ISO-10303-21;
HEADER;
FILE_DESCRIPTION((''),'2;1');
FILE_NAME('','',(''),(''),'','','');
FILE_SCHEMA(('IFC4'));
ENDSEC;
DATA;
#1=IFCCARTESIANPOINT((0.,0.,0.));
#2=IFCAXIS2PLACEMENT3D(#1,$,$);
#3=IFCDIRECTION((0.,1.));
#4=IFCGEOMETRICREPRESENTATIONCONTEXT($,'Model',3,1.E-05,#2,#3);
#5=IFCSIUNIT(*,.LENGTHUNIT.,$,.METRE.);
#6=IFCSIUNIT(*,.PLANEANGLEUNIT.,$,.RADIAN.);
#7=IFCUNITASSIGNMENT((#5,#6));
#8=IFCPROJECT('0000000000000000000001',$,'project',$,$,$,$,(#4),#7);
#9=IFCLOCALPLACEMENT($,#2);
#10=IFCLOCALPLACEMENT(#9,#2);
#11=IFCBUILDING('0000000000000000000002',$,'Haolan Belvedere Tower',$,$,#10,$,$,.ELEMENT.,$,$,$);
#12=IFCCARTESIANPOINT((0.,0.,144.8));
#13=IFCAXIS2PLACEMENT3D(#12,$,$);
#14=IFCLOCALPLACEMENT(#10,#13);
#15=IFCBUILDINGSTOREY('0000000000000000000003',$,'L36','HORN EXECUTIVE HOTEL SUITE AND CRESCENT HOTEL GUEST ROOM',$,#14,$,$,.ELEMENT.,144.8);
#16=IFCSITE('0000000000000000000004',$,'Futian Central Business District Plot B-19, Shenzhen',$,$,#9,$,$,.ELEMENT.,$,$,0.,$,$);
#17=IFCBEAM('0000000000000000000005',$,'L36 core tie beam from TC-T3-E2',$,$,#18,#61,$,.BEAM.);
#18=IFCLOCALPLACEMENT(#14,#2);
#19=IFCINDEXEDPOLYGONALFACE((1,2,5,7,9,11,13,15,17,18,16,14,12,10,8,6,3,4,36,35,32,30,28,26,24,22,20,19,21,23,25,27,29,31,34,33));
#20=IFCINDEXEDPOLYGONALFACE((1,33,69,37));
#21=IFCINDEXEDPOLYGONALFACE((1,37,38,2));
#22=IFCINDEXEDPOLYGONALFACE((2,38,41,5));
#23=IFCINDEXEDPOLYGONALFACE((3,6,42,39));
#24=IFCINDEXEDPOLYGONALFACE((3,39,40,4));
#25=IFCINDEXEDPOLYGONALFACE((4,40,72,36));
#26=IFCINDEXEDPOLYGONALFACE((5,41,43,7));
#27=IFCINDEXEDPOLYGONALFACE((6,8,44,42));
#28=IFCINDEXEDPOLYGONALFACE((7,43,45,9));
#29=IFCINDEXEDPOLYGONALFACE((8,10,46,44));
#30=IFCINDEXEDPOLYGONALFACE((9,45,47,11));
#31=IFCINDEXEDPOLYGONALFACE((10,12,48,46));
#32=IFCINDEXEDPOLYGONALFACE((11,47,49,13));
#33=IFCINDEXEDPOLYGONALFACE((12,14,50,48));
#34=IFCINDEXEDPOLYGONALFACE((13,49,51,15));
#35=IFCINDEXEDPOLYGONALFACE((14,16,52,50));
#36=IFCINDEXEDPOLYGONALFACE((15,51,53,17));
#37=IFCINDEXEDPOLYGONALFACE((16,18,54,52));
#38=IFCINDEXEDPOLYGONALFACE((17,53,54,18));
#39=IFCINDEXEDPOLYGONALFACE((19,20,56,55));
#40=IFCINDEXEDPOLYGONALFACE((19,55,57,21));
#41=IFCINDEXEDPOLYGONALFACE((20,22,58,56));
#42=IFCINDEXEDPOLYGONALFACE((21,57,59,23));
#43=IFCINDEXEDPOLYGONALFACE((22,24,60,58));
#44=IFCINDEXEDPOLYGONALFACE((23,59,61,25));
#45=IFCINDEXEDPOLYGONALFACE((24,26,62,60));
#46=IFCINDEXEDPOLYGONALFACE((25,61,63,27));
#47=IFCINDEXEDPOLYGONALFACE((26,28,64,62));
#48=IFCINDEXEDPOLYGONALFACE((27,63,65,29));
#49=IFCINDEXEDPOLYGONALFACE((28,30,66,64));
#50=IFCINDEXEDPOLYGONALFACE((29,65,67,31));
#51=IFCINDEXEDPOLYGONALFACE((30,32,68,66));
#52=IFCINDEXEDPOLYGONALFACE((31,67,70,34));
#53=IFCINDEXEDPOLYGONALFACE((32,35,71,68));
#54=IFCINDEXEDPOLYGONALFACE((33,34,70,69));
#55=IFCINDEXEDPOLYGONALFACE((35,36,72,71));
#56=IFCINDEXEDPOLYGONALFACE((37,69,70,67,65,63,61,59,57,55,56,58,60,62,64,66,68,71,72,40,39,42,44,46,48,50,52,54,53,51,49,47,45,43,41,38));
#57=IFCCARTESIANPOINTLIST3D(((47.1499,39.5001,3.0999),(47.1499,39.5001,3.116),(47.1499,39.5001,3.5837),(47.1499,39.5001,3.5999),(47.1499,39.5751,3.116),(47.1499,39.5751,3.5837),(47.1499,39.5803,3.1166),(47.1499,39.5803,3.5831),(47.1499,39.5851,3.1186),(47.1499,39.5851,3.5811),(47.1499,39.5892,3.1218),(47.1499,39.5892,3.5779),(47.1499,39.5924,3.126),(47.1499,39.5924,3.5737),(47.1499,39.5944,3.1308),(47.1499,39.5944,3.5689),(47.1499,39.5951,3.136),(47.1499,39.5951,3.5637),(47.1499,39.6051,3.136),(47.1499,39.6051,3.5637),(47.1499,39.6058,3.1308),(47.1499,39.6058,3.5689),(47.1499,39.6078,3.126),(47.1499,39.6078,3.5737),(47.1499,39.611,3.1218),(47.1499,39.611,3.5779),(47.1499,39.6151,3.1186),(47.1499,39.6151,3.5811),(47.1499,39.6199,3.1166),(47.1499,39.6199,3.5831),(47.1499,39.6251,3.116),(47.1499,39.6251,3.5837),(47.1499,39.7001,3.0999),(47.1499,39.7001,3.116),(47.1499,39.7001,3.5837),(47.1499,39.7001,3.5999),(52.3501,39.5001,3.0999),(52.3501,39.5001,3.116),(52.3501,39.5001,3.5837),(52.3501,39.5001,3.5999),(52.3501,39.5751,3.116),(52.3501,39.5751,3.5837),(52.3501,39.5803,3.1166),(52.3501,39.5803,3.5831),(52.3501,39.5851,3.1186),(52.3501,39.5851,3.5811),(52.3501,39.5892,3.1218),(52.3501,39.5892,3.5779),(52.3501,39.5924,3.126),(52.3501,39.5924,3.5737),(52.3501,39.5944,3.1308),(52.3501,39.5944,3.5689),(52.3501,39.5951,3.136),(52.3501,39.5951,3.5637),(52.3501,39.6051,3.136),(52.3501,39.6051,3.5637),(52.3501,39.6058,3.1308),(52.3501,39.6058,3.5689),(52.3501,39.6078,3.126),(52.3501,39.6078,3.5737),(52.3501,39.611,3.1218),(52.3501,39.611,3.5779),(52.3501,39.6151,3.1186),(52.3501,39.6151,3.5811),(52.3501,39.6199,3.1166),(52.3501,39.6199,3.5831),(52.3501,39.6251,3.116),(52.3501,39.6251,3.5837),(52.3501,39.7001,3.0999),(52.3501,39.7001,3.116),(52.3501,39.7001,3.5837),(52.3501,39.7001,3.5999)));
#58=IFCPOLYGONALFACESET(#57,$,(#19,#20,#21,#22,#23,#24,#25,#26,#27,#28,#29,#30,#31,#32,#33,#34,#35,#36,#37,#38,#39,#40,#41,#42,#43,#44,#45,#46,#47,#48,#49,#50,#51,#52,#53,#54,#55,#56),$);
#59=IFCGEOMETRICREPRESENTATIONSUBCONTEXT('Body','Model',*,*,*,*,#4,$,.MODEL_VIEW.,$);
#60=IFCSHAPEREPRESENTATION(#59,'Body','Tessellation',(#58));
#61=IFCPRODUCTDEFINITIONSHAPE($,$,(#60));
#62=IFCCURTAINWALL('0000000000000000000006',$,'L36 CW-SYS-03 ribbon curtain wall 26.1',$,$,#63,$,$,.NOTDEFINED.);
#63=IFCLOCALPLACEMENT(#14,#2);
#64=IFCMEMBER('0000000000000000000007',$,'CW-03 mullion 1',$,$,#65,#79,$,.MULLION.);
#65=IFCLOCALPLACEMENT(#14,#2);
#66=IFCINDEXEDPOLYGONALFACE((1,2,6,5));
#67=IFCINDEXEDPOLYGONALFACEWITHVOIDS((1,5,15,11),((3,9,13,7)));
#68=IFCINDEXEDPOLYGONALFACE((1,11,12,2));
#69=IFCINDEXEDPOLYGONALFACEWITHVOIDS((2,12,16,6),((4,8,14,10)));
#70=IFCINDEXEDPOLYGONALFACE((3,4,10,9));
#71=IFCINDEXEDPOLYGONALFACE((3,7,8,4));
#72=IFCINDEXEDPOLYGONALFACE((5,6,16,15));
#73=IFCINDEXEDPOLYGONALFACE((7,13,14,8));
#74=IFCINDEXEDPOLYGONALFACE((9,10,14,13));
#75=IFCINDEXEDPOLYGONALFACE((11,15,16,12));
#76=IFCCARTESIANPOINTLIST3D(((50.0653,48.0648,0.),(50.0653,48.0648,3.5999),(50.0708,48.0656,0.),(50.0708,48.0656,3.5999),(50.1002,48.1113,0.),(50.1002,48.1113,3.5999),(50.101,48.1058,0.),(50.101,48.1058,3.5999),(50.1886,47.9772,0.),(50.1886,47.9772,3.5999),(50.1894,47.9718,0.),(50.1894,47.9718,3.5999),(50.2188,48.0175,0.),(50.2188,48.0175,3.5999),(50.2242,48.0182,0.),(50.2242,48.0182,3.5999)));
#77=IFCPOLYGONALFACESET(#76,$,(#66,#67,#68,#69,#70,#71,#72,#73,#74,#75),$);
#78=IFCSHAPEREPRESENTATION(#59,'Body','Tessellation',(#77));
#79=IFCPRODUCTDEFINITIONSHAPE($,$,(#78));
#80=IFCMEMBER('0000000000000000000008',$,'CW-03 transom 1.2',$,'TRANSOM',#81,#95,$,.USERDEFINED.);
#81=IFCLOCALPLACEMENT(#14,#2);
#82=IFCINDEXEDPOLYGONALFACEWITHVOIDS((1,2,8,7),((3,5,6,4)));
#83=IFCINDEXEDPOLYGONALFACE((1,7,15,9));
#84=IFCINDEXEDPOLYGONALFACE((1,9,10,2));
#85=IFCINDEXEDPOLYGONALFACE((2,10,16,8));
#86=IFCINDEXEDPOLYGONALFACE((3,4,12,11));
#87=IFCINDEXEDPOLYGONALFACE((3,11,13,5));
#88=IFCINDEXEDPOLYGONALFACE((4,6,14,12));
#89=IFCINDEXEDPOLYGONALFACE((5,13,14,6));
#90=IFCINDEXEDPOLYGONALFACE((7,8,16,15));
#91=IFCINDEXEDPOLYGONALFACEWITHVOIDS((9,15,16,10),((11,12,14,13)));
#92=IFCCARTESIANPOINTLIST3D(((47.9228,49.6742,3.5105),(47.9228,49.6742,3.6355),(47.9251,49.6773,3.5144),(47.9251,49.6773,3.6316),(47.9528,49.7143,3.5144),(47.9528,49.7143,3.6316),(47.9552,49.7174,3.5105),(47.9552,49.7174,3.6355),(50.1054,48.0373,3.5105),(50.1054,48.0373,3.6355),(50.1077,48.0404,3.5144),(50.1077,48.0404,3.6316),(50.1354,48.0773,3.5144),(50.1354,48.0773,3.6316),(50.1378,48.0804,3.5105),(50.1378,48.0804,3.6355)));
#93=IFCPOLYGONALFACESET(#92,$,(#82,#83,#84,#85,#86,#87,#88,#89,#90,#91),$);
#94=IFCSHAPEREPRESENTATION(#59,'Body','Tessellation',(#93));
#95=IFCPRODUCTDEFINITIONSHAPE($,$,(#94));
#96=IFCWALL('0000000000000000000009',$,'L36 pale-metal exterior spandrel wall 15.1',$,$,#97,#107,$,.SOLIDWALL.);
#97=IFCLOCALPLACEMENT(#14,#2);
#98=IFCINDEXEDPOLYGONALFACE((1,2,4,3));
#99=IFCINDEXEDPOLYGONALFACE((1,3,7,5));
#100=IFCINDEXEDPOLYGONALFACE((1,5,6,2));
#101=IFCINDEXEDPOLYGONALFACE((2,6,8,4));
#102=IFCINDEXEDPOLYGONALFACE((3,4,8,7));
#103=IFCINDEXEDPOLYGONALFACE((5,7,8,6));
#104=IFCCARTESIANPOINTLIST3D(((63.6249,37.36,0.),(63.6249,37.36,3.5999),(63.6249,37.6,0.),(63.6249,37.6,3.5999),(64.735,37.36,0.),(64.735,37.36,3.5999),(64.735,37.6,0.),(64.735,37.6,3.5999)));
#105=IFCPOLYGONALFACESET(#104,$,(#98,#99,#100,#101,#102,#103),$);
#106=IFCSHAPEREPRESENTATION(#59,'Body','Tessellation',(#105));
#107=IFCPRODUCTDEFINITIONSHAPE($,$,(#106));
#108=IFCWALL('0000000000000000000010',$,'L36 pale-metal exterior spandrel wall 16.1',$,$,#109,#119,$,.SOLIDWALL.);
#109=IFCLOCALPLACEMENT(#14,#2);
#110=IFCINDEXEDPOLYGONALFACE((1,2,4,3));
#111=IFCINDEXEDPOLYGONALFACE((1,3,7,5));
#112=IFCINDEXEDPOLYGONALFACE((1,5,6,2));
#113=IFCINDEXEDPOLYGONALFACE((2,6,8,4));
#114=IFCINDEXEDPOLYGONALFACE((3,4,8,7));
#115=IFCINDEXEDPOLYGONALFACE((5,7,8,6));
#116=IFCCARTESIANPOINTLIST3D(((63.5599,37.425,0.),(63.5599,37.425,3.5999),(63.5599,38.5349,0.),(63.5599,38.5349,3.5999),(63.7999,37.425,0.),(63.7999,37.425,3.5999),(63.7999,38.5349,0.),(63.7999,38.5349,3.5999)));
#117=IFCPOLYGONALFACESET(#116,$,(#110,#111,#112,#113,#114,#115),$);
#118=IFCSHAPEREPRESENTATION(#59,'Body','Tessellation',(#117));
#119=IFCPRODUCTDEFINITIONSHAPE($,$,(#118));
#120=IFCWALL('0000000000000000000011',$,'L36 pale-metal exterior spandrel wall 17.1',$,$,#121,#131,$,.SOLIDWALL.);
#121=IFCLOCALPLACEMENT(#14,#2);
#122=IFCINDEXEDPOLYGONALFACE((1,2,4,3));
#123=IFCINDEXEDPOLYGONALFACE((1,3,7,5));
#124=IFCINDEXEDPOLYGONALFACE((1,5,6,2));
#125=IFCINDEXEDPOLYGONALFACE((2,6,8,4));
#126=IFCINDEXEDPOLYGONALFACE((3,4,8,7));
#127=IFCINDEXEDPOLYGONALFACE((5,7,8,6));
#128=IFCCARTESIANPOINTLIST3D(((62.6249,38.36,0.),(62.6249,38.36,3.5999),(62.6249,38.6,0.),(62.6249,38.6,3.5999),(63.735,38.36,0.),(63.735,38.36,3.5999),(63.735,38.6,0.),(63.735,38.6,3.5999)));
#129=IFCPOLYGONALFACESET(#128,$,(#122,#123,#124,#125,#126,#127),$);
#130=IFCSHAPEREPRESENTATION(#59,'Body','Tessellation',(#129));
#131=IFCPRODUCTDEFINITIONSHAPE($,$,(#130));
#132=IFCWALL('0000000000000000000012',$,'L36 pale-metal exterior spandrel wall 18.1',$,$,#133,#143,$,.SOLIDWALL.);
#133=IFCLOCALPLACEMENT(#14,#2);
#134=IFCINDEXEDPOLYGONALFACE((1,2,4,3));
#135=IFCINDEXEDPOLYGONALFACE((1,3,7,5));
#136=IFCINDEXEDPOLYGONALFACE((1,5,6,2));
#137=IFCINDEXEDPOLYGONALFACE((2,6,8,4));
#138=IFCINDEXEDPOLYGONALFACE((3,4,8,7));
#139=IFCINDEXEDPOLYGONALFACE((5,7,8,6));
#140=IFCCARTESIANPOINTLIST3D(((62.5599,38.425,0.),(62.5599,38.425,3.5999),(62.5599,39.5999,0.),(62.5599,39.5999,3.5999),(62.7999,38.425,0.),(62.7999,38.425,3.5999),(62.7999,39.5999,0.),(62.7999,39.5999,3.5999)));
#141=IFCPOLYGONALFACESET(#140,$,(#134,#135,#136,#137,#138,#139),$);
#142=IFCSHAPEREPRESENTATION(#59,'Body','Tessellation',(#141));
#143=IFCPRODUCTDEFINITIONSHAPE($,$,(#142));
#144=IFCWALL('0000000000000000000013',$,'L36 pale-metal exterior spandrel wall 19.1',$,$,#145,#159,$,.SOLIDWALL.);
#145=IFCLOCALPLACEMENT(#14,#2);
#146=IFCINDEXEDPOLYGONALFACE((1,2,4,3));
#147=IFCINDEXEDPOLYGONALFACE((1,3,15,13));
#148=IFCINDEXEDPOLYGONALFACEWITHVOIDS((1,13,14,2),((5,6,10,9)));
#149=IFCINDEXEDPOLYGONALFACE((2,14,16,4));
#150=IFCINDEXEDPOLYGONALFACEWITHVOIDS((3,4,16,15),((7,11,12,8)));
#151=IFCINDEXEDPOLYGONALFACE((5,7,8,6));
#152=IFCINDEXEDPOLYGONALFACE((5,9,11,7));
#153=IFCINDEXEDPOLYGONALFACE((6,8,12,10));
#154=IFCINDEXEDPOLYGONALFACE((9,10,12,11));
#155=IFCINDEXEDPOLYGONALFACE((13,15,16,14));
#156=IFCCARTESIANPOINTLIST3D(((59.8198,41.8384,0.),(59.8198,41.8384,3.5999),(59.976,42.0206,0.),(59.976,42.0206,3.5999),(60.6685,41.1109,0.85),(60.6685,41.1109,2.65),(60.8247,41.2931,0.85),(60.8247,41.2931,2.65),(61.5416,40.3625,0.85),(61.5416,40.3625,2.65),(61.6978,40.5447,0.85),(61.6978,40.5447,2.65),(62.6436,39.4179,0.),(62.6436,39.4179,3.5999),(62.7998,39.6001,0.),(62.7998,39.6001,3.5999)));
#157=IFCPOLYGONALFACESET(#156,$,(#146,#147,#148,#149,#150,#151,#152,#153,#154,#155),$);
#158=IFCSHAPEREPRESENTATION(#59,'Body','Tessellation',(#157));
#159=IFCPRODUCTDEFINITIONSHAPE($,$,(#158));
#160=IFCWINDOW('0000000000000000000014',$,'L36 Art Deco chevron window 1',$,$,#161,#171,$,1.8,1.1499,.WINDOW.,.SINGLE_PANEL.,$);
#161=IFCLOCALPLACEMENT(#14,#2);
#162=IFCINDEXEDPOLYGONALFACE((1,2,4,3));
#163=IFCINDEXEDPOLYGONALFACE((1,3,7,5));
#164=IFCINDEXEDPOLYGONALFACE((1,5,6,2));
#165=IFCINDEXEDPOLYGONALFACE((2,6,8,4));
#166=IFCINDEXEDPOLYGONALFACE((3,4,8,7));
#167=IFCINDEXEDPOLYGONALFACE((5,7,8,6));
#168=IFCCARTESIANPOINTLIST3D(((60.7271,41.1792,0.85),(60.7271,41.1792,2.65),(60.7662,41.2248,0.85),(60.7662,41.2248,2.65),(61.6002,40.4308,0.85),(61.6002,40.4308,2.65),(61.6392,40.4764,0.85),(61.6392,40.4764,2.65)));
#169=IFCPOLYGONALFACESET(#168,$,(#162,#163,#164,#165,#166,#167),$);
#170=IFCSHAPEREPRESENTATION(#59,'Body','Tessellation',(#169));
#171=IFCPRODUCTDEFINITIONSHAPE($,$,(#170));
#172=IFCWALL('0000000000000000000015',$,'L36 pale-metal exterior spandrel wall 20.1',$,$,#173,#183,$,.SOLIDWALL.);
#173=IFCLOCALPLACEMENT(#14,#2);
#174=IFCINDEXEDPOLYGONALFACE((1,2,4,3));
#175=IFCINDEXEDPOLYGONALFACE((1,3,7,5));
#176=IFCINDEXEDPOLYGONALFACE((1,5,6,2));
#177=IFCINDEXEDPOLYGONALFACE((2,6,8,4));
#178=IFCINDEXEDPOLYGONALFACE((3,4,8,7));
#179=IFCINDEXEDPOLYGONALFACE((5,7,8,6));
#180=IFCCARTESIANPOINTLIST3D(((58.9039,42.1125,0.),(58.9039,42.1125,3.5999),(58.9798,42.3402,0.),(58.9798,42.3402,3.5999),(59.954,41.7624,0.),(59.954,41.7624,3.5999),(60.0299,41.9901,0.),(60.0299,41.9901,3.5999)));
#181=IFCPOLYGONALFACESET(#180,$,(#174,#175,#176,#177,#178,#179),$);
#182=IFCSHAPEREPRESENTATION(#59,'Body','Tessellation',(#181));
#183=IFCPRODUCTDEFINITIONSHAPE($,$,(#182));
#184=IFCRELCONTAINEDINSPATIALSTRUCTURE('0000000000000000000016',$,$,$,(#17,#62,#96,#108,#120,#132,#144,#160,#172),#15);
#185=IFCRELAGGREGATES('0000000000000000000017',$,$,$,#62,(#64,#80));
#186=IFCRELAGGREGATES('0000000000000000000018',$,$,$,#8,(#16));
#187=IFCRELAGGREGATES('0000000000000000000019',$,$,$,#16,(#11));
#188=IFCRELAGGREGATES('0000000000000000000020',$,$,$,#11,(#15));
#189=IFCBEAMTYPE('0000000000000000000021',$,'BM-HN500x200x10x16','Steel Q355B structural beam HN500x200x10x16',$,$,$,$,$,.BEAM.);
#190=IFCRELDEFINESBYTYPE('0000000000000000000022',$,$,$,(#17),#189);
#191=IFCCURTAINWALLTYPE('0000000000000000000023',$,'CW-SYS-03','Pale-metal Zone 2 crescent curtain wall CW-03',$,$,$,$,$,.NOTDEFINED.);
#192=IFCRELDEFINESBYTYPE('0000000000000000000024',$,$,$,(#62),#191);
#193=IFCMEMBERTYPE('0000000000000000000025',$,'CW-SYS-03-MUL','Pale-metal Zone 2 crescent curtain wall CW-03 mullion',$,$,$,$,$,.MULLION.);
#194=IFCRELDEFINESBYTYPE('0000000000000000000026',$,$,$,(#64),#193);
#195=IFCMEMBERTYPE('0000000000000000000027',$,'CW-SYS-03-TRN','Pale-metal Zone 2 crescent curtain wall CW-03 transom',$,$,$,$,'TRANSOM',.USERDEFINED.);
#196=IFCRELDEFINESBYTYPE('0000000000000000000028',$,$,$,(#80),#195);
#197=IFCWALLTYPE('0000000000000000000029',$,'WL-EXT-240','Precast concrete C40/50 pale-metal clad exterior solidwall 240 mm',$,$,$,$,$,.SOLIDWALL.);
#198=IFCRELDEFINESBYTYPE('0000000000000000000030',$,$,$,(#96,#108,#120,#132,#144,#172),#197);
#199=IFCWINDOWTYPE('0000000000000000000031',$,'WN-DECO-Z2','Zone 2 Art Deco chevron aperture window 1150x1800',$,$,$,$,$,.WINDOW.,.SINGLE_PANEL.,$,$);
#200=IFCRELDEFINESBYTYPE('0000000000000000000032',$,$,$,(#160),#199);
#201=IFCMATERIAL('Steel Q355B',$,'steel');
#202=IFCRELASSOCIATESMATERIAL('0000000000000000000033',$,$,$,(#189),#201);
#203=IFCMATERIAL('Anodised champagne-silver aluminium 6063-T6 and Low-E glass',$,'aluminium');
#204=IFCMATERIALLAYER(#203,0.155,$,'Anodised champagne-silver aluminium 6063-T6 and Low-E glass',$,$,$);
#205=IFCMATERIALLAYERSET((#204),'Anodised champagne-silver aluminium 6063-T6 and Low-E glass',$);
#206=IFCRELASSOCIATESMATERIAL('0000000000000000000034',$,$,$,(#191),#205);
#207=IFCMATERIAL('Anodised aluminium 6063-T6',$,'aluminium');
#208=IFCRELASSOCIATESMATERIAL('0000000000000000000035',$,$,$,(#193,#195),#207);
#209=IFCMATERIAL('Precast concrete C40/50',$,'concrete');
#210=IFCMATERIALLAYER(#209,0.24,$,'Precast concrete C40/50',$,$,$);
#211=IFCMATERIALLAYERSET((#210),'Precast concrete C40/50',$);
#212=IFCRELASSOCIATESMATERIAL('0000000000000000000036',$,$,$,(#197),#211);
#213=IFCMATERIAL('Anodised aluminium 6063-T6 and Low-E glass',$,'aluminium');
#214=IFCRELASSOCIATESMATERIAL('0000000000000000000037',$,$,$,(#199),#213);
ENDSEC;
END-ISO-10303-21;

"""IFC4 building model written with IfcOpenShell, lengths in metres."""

from ifc_helpers import new_model, si_unit, direction, frame, frame_2d, origin, origin_2d, place, context, subcontext, project, spatial, rectangle, hollow_rectangle, i_section, extrude, material, layer, layer_set, material_profile, profile_set, type_object, element, fill, aggregate, save


model = new_model("IFC4")

# Units and contexts
model_context = context("Model", 3, precision=1e-05, world=origin(), true_north=direction((0.0, 1.0)))
body_context = subcontext(model_context, "Body", "Model", "MODEL_VIEW")
ifc_project = project(units=[si_unit("LENGTHUNIT", "METRE"), si_unit("PLANEANGLEUNIT", "RADIAN")], contexts=[model_context])

# Site, building, storey
site_placement = place(None, origin())
site = spatial("IfcSite", under=ifc_project, at=site_placement, Name="Futian Central Business District Plot B-19, Shenzhen", CompositionType="ELEMENT", RefElevation=0.0)
building_placement = place(site_placement, origin())
building = spatial("IfcBuilding", under=site, at=building_placement, Name="Haolan Belvedere Tower", CompositionType="ELEMENT")
storey_placement = place(building_placement, frame((0.0, 0.0, 144.8)))
storey = spatial("IfcBuildingStorey", under=building, at=storey_placement, Name="L36", Description="HORN EXECUTIVE HOTEL SUITE AND CRESCENT HOTEL GUEST ROOM", CompositionType="ELEMENT", Elevation=144.8)

# Beam
ifc_material_1 = material(Name="Steel Q355B", Category="steel")
ifc_material_profile_1 = material_profile(ifc_material_1, i_section(OverallWidth=0.2, OverallDepth=0.5, WebThickness=0.01, FlangeThickness=0.0161, FilletRadius=0.02, at=origin_2d()), Name="Steel Q355B")
ifc_profile_set_1 = profile_set([ifc_material_profile_1], Name="Steel Q355B")
beam_type_1 = type_object("IfcBeamType", Name="BM-HN500x200x10x16", Description="Steel Q355B structural beam HN500x200x10x16", PredefinedType="BEAM", material=ifc_profile_set_1)
beam_1_placement = place(storey_placement, frame((52.3501, 39.6001, 3.3499), z_axis=(-1.0, 0.0, 0.0), x_axis=(0.0, -1.0, 0.0)))
element("IfcBeam", 1, at=beam_1_placement, inside=storey, type_object=beam_type_1, Name="L36 core tie beam from TC-T3-E2", PredefinedType="BEAM", context=body_context, shape_type="SweptSolid", body=[
    extrude(i_section(OverallWidth=0.2, OverallDepth=0.5, WebThickness=0.01, FlangeThickness=0.0161, FilletRadius=0.02, at=origin_2d()), origin(), (0.0, 0.0, 1.0), 5.2002),
])

# Curtain wall, members
ifc_material_2 = material(Name="Anodised champagne-silver aluminium 6063-T6 and Low-E glass", Category="aluminium")
ifc_layer_1 = layer(ifc_material_2, 0.155, Name="Anodised champagne-silver aluminium 6063-T6 and Low-E glass")
ifc_layer_set_1 = layer_set([ifc_layer_1], Name="Anodised champagne-silver aluminium 6063-T6 and Low-E glass")
curtain_wall_type = type_object("IfcCurtainWallType", Name="CW-SYS-03", Description="Pale-metal Zone 2 crescent curtain wall CW-03", PredefinedType="NOTDEFINED", material=ifc_layer_set_1)
curtain_wall_placement = place(storey_placement, origin())
curtain_wall = element("IfcCurtainWall", 2, at=curtain_wall_placement, inside=storey, type_object=curtain_wall_type, Name="L36 CW-SYS-03 ribbon curtain wall 26.1", PredefinedType="NOTDEFINED")
ifc_material_3 = material(Name="Anodised aluminium 6063-T6", Category="aluminium")
ifc_material_profile_2 = material_profile(ifc_material_3, hollow_rectangle(XDim=0.0581, YDim=0.155, WallThickness=0.0039, at=origin_2d()), Name="Anodised aluminium 6063-T6")
ifc_profile_set_2 = profile_set([ifc_material_profile_2], Name="Anodised aluminium 6063-T6")
member_type_1 = type_object("IfcMemberType", Name="CW-SYS-03-MUL", Description="Pale-metal Zone 2 crescent curtain wall CW-03 mullion", PredefinedType="MULLION", material=ifc_profile_set_2)
member_1_placement = place(storey_placement, frame((50.1448, 48.0415, 0.0), z_axis=(0.0, 0.0, 1.0), x_axis=(-0.599994, -0.800004, 0.0)))
member_1 = element("IfcMember", 3, at=member_1_placement, type_object=member_type_1, Name="CW-03 mullion 1", PredefinedType="MULLION", context=body_context, shape_type="SweptSolid", body=[
    extrude(hollow_rectangle(XDim=0.0581, YDim=0.155, WallThickness=0.0039, at=origin_2d()), origin(), (0.0, 0.0, 1.0), 3.5999),
])
ifc_material_profile_3 = material_profile(ifc_material_3, hollow_rectangle(XDim=0.054, YDim=0.125, WallThickness=0.0039, at=origin_2d()), Name="Anodised aluminium 6063-T6")
ifc_profile_set_3 = profile_set([ifc_material_profile_3], Name="Anodised aluminium 6063-T6")
member_type_2 = type_object("IfcMemberType", Name="CW-SYS-03-TRN", Description="Pale-metal Zone 2 crescent curtain wall CW-03 transom", ElementType="TRANSOM", PredefinedType="USERDEFINED", material=ifc_profile_set_3)
member_2_placement = place(storey_placement, frame((50.1216, 48.0588, 3.573), z_axis=(-0.8, 0.6, 0.0), x_axis=(-0.6, -0.8, 0.0)))
member_2 = element("IfcMember", 4, at=member_2_placement, type_object=member_type_2, Name="CW-03 transom 1.2", ObjectType="TRANSOM", PredefinedType="USERDEFINED", context=body_context, shape_type="SweptSolid", body=[
    extrude(hollow_rectangle(XDim=0.054, YDim=0.125, WallThickness=0.0039, at=origin_2d()), origin(), (0.0, 0.0, 1.0), 2.7283),
])
aggregate(curtain_wall, [member_1, member_2])

# Walls
ifc_material_4 = material(Name="Precast concrete C40/50", Category="concrete")
ifc_layer_2 = layer(ifc_material_4, 0.24, Name="Precast concrete C40/50")
ifc_layer_set_2 = layer_set([ifc_layer_2], Name="Precast concrete C40/50")
wall_type_1 = type_object("IfcWallType", Name="WL-EXT-240", Description="Precast concrete C40/50 pale-metal clad exterior solidwall 240 mm", PredefinedType="SOLIDWALL", material=ifc_layer_set_2)
wall_1_placement = place(storey_placement, frame((64.7351, 37.48, 0.0), z_axis=(0.0, 0.0, 1.0), x_axis=(-1.0, 0.0, 0.0)))
element("IfcWall", 5, at=wall_1_placement, inside=storey, type_object=wall_type_1, Name="L36 pale-metal exterior spandrel wall 15.1", PredefinedType="SOLIDWALL", context=body_context, shape_type="SweptSolid", body=[
    extrude(rectangle(XDim=1.1101, YDim=0.24, at=frame_2d((0.5552, 0.0))), origin(), (0.0, 0.0, 1.0), 3.5999),
])
wall_2_placement = place(storey_placement, frame((63.6799, 37.425, 0.0), z_axis=(0.0, 0.0, 1.0), x_axis=(0.0, 1.0, 0.0)))
element("IfcWall", 6, at=wall_2_placement, inside=storey, type_object=wall_type_1, Name="L36 pale-metal exterior spandrel wall 16.1", PredefinedType="SOLIDWALL", context=body_context, shape_type="SweptSolid", body=[
    extrude(rectangle(XDim=1.1099, YDim=0.24, at=frame_2d((0.5549, 0.0))), origin(), (0.0, 0.0, 1.0), 3.5999),
])
wall_3_placement = place(storey_placement, frame((63.7351, 38.48, 0.0), z_axis=(0.0, 0.0, 1.0), x_axis=(-1.0, 0.0, 0.0)))
element("IfcWall", 7, at=wall_3_placement, inside=storey, type_object=wall_type_1, Name="L36 pale-metal exterior spandrel wall 17.1", PredefinedType="SOLIDWALL", context=body_context, shape_type="SweptSolid", body=[
    extrude(rectangle(XDim=1.1101, YDim=0.24, at=frame_2d((0.5552, 0.0))), origin(), (0.0, 0.0, 1.0), 3.5999),
])
wall_4_placement = place(storey_placement, frame((62.6799, 38.425, 0.0), z_axis=(0.0, 0.0, 1.0), x_axis=(0.0, 1.0, 0.0)))
element("IfcWall", 8, at=wall_4_placement, inside=storey, type_object=wall_type_1, Name="L36 pale-metal exterior spandrel wall 18.1", PredefinedType="SOLIDWALL", context=body_context, shape_type="SweptSolid", body=[
    extrude(rectangle(XDim=1.1748, YDim=0.24, at=frame_2d((0.5874, 0.0))), origin(), (0.0, 0.0, 1.0), 3.5999),
])

# Wall, opening, window
wall_5_placement = place(storey_placement, frame((62.7217, 39.509, 0.0), z_axis=(0.0, 0.0, 1.0), x_axis=(-0.759247, 0.650802, 0.0)))
wall_5 = element("IfcWall", 9, at=wall_5_placement, inside=storey, type_object=wall_type_1, Name="L36 pale-metal exterior spandrel wall 19.1", PredefinedType="SOLIDWALL", context=body_context, shape_type="SweptSolid", body=[
    extrude(rectangle(XDim=3.7192, YDim=0.24, at=frame_2d((1.8596, 0.0))), origin(), (0.0, 0.0, 1.0), 3.5999),
])
opening_1_placement = place(wall_5_placement, frame((1.4514, 0.0, 0.8501)))
opening_1 = element("IfcOpeningElement", 10, at=opening_1_placement, cuts=wall_5, PredefinedType="OPENING", context=body_context, shape_type="SweptSolid", body=[
    extrude(rectangle(XDim=1.1499, YDim=1.8, at=frame_2d((0.575, 0.8999))), frame((0.0, 0.1299, 0.0), z_axis=(0.0, -1.0, 0.0), x_axis=(1.0, 0.0, 0.0)), (0.0, 0.0, 1.0), 0.26),
])
ifc_material_5 = material(Name="Anodised aluminium 6063-T6 and Low-E glass", Category="aluminium")
window_type = type_object("IfcWindowType", Name="WN-DECO-Z2", Description="Zone 2 Art Deco chevron aperture window 1150x1800", PartitioningType="SINGLE_PANEL", PredefinedType="WINDOW", material=ifc_material_5)
window_1_placement = place(opening_1_placement, origin())
window_1 = element("IfcWindow", 11, at=window_1_placement, inside=storey, type_object=window_type, Name="L36 Art Deco chevron window 1", OverallHeight=1.8, OverallWidth=1.1499, PartitioningType="SINGLE_PANEL", PredefinedType="WINDOW", context=body_context, shape_type="SweptSolid", body=[
    extrude(rectangle(XDim=1.1499, YDim=1.8, at=frame_2d((0.575, 0.8999))), frame((0.0, 0.03, 0.0), z_axis=(0.0, -1.0, 0.0), x_axis=(1.0, 0.0, 0.0)), (0.0, 0.0, 1.0), 0.0601),
])
fill(opening_1, window_1)

# Wall
wall_6_placement = place(storey_placement, frame((59.9919, 41.8762, 0.0), z_axis=(0.0, 0.0, 1.0), x_axis=(-0.948661, 0.316294, 0.0)))
element("IfcWall", 12, at=wall_6_placement, inside=storey, type_object=wall_type_1, Name="L36 pale-metal exterior spandrel wall 20.1", PredefinedType="SOLIDWALL", context=body_context, shape_type="SweptSolid", body=[
    extrude(rectangle(XDim=1.1069, YDim=0.24, at=frame_2d((0.5535, 0.0))), origin(), (0.0, 0.0, 1.0), 3.5999),
])

save(model, "model.ifc")
